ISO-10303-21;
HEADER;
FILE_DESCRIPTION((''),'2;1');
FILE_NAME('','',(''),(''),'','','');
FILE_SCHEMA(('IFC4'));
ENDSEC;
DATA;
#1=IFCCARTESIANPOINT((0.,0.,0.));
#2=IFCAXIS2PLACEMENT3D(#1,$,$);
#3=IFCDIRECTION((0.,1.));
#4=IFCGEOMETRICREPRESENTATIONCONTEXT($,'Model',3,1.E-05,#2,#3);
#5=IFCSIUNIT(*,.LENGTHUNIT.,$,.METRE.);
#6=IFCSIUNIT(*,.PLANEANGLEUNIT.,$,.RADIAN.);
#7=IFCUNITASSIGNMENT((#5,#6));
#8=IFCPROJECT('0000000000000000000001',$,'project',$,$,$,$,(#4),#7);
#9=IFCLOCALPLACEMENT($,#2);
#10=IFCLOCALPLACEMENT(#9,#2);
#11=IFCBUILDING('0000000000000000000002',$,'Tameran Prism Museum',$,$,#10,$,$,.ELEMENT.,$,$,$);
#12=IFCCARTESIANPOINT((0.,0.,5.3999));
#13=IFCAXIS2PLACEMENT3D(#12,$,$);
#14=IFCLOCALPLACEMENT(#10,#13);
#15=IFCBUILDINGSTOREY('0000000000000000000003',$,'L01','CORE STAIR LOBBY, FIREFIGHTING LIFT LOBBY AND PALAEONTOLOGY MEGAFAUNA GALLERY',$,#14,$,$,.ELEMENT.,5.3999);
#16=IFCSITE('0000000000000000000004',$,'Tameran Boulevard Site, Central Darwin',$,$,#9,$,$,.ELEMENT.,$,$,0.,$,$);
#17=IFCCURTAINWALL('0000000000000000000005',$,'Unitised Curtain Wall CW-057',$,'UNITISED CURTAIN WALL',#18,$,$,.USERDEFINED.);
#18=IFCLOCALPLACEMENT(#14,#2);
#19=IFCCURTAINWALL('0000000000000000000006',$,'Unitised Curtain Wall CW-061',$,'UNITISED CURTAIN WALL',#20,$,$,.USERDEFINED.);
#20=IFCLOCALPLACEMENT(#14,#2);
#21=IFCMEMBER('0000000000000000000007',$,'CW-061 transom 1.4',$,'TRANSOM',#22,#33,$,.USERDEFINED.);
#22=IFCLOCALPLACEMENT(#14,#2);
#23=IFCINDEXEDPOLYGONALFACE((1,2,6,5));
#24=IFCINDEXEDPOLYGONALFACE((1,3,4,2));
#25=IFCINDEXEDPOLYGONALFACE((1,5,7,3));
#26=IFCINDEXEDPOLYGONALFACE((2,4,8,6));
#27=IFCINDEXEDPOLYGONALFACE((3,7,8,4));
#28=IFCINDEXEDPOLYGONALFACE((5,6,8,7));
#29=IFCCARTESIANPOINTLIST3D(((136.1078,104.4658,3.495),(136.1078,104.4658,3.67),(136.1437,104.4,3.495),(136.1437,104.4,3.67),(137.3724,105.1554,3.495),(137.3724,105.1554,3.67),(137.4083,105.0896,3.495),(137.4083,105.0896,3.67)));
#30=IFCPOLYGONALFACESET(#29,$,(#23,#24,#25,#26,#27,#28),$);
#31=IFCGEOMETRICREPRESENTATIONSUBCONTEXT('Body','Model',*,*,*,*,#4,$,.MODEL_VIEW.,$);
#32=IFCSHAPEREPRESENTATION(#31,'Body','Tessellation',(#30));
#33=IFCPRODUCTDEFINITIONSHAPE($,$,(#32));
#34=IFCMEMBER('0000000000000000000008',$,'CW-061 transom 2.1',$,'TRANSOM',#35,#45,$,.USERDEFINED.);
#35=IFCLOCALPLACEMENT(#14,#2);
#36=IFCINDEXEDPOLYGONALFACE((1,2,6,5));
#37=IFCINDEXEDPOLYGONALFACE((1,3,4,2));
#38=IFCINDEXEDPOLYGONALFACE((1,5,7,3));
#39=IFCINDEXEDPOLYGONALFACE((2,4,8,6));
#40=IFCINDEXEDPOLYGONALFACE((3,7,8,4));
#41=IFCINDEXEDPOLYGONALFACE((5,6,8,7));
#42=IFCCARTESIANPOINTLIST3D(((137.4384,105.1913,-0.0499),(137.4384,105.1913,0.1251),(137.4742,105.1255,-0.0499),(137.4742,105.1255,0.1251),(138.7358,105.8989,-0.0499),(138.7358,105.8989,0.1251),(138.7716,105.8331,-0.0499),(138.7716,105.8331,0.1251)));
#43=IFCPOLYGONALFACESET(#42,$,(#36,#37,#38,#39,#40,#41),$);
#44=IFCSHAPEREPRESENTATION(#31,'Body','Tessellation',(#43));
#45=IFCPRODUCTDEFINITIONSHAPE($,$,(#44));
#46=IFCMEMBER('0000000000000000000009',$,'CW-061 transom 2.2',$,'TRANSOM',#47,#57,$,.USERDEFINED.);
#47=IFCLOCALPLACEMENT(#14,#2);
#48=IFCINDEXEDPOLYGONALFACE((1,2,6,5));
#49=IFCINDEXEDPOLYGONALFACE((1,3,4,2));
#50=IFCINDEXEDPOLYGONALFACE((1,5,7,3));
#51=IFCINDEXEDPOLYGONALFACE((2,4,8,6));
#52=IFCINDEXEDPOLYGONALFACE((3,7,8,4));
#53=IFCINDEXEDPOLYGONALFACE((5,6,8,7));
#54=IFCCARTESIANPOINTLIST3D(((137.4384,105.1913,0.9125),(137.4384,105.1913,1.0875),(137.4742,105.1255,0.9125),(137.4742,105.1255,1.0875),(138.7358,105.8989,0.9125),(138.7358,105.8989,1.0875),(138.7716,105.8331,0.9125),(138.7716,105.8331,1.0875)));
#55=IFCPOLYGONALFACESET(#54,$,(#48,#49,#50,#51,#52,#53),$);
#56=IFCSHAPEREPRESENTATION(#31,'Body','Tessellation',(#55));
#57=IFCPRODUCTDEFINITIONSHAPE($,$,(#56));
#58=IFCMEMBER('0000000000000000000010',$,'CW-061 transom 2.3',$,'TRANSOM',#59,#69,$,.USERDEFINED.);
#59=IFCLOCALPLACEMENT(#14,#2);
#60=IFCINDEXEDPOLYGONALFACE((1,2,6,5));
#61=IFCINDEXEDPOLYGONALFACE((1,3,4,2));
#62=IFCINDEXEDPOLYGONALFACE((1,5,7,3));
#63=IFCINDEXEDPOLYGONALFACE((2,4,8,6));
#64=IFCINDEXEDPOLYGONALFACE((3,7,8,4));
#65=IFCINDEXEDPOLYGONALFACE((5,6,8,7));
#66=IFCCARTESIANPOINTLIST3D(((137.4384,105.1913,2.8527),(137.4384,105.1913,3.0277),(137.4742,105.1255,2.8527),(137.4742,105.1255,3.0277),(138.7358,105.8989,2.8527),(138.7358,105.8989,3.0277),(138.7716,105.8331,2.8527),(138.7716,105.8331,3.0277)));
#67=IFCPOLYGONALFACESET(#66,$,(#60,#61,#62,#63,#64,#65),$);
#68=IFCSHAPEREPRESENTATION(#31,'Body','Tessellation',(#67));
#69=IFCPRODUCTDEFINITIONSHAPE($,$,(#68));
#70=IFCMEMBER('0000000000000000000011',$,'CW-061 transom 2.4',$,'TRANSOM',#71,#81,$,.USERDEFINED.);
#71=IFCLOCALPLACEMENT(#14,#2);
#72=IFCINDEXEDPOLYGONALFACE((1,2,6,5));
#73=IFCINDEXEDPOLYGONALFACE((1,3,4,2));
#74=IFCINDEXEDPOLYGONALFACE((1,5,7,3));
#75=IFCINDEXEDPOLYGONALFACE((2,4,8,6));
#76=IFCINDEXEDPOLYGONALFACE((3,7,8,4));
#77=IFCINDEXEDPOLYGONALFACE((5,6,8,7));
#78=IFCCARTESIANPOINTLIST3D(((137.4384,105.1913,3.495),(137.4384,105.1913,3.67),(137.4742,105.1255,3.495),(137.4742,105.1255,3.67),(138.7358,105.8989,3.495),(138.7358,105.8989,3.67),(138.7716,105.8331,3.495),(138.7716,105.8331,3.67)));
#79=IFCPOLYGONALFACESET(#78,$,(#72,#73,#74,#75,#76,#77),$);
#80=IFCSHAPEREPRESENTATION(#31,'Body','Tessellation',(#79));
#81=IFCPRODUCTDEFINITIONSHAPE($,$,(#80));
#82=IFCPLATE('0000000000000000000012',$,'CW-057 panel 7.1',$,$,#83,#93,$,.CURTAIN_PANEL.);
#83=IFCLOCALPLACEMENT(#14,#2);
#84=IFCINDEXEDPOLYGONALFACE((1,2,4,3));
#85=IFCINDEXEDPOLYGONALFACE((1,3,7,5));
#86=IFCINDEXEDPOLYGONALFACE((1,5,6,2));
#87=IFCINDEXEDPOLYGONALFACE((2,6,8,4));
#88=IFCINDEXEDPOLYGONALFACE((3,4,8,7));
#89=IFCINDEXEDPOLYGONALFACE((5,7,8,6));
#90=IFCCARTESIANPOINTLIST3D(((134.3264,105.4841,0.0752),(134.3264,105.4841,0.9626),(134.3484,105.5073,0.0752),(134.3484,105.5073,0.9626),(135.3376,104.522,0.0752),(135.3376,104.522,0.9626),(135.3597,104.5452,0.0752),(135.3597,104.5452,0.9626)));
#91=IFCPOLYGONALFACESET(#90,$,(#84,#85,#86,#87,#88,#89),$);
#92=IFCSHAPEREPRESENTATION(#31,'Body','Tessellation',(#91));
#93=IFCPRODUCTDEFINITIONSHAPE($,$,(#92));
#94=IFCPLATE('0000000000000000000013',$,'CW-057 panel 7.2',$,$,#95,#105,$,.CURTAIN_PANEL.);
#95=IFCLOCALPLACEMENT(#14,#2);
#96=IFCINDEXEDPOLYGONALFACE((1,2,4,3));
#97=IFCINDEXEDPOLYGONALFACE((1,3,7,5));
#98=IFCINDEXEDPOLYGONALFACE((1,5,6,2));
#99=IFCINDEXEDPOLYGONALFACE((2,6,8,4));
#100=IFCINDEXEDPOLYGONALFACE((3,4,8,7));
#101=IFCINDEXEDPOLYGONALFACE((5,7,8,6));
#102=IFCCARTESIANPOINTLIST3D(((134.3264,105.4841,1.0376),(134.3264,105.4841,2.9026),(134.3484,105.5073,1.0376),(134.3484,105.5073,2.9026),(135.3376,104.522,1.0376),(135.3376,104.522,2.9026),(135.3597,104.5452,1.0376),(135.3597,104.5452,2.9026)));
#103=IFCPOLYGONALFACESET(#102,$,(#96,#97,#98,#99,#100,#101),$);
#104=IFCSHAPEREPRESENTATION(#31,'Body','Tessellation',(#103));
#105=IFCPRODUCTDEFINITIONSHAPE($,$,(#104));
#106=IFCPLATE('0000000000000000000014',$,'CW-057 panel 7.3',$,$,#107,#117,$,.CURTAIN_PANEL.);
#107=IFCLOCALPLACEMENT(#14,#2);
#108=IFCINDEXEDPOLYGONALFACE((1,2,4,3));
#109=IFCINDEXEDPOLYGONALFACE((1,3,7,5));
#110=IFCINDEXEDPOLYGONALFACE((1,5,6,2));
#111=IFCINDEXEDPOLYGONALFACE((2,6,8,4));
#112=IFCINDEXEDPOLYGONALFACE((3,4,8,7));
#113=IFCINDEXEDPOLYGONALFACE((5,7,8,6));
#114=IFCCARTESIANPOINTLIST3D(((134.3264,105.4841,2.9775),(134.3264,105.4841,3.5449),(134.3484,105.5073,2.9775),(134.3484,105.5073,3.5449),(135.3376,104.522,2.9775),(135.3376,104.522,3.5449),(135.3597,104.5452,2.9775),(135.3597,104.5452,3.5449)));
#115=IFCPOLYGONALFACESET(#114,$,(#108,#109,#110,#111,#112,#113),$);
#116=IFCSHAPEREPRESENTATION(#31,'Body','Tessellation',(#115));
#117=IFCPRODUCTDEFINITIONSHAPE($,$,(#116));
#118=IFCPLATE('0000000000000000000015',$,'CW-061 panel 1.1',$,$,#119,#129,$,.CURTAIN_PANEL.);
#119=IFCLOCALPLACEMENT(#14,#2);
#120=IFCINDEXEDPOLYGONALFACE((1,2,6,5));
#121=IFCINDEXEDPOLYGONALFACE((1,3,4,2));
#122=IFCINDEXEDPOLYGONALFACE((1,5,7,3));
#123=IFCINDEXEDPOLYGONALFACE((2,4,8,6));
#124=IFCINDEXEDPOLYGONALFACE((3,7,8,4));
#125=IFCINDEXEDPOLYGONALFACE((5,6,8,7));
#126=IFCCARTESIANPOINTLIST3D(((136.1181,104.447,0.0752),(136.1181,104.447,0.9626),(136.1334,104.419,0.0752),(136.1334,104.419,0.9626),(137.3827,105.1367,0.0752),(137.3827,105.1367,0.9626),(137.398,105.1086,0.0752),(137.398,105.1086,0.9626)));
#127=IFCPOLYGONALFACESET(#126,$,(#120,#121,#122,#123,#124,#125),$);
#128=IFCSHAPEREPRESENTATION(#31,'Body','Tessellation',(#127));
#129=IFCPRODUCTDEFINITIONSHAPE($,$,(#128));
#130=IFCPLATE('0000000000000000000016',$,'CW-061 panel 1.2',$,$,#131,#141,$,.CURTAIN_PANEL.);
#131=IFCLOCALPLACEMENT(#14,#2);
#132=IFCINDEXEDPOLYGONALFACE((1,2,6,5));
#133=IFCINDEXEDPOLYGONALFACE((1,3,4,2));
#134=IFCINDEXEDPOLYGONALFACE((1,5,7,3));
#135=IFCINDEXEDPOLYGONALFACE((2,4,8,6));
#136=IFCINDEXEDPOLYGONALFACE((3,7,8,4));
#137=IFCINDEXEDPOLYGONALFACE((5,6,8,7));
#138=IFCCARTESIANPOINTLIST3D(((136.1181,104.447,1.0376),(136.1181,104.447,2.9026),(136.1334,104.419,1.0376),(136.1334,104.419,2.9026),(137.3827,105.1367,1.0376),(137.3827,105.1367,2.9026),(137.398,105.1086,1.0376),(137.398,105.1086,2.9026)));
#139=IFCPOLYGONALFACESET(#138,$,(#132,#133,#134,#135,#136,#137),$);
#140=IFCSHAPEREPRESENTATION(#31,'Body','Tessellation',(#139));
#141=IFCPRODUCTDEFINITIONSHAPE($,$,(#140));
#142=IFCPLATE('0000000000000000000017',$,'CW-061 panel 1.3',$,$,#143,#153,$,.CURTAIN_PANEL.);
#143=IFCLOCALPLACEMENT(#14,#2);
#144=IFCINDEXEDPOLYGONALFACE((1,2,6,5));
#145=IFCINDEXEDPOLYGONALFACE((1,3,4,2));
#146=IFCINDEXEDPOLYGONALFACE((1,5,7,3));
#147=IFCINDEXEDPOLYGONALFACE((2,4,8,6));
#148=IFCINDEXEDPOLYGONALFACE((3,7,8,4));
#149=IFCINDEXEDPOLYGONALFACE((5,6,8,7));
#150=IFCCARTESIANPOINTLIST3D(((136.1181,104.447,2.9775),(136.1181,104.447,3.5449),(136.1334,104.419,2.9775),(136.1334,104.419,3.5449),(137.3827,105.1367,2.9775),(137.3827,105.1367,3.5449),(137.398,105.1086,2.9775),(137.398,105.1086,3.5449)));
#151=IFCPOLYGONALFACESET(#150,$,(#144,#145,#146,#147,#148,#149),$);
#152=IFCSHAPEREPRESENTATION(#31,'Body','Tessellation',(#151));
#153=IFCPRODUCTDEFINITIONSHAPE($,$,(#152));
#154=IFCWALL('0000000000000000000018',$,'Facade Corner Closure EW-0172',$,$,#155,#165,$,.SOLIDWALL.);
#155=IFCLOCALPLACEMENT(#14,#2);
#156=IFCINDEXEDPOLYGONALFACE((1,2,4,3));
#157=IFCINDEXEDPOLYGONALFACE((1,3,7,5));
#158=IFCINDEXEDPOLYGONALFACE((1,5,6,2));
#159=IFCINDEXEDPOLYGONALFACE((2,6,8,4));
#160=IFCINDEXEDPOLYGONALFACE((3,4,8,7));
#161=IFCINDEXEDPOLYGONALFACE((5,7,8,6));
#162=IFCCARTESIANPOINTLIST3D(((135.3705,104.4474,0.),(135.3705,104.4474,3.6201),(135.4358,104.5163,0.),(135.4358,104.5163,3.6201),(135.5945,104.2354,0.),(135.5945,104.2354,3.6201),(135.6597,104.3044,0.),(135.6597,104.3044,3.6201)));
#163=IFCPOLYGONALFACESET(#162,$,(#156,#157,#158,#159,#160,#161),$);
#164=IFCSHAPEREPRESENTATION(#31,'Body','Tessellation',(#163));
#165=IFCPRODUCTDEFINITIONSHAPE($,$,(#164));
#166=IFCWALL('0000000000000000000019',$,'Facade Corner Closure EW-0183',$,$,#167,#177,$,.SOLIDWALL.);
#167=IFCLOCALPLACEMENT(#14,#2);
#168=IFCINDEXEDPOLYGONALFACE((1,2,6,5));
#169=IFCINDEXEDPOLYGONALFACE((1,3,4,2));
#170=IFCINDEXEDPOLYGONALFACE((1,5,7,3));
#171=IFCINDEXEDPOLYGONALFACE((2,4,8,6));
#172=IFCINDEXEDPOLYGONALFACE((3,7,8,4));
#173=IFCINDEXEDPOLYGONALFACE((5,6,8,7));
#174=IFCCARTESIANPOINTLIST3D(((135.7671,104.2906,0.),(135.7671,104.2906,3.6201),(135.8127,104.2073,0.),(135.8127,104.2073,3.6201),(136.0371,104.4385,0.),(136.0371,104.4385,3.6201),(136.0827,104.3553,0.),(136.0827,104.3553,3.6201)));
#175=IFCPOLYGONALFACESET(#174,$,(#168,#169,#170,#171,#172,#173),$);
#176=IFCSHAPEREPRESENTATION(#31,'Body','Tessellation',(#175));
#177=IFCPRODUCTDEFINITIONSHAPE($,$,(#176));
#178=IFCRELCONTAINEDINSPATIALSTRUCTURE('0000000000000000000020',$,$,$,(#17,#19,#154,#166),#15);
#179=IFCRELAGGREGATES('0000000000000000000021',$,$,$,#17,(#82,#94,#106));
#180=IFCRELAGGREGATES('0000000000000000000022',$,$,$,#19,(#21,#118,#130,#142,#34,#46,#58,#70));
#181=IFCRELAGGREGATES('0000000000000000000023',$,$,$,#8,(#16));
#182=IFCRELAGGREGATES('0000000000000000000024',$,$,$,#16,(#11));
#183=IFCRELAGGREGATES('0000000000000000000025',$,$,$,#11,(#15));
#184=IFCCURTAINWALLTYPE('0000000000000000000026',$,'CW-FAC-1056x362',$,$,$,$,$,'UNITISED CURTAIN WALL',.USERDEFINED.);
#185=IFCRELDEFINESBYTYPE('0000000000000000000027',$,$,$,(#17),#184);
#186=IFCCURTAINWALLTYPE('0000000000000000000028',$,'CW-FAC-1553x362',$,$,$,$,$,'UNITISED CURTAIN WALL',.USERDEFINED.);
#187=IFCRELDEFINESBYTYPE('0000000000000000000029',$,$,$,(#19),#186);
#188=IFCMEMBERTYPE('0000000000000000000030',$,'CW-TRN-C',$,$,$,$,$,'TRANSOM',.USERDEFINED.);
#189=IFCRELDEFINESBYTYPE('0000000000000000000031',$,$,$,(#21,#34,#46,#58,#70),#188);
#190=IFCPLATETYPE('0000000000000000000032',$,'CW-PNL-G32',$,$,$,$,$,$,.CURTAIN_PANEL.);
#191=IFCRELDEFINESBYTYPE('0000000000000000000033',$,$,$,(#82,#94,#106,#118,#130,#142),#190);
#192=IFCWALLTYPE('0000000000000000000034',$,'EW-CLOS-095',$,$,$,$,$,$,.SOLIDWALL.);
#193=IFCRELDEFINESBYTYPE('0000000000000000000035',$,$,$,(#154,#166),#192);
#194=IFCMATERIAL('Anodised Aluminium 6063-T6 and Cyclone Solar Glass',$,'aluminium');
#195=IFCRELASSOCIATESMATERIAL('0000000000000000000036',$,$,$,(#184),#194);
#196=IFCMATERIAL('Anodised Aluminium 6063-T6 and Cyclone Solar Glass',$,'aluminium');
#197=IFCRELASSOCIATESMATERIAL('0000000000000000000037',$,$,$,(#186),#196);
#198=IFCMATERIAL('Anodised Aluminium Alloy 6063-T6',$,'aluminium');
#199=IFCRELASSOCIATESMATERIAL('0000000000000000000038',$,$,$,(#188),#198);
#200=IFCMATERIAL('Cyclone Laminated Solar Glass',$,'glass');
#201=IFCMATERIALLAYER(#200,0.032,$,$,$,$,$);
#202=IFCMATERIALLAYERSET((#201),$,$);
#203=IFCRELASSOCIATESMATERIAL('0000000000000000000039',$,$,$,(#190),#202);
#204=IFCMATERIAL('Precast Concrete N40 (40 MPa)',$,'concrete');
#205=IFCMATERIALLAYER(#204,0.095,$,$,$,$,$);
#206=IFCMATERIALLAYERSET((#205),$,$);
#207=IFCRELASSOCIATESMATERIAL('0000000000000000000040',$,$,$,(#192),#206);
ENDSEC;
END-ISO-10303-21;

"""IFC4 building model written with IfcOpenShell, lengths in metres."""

from ifc_helpers import new_model, si_unit, direction, frame, frame_2d, origin, origin_2d, place, context, subcontext, project, spatial, rectangle, extrude, material, layer, layer_set, material_profile, profile_set, type_object, element, aggregate, save


model = new_model("IFC4")

# Units and contexts
model_context = context("Model", 3, precision=1e-05, world=origin(), true_north=direction((0.0, 1.0)))
body_context = subcontext(model_context, "Body", "Model", "MODEL_VIEW")
ifc_project = project(units=[si_unit("LENGTHUNIT", "METRE"), si_unit("PLANEANGLEUNIT", "RADIAN")], contexts=[model_context])

# Site, building, storey
site_placement = place(None, origin())
site = spatial("IfcSite", under=ifc_project, at=site_placement, Name="Tameran Boulevard Site, Central Darwin", CompositionType="ELEMENT", RefElevation=0.0)
building_placement = place(site_placement, origin())
building = spatial("IfcBuilding", under=site, at=building_placement, Name="Tameran Prism Museum", CompositionType="ELEMENT")
storey_placement = place(building_placement, frame((0.0, 0.0, 5.3999)))
storey = spatial("IfcBuildingStorey", under=building, at=storey_placement, Name="L01", Description="CORE STAIR LOBBY, FIREFIGHTING LIFT LOBBY AND PALAEONTOLOGY MEGAFAUNA GALLERY", CompositionType="ELEMENT", Elevation=5.3999)

# Curtain wall
ifc_material_1 = material(Name="Anodised Aluminium 6063-T6 and Cyclone Solar Glass", Category="aluminium")
curtain_wall_type_1 = type_object("IfcCurtainWallType", Name="CW-FAC-1056x362", ElementType="UNITISED CURTAIN WALL", PredefinedType="USERDEFINED", material=ifc_material_1)
curtain_wall_1_placement = place(storey_placement, origin())
curtain_wall_1 = element("IfcCurtainWall", 1, at=curtain_wall_1_placement, inside=storey, type_object=curtain_wall_type_1, Name="Unitised Curtain Wall CW-057", ObjectType="UNITISED CURTAIN WALL", PredefinedType="USERDEFINED")

# Curtain wall
ifc_material_2 = material(Name="Anodised Aluminium 6063-T6 and Cyclone Solar Glass", Category="aluminium")
curtain_wall_type_2 = type_object("IfcCurtainWallType", Name="CW-FAC-1553x362", ElementType="UNITISED CURTAIN WALL", PredefinedType="USERDEFINED", material=ifc_material_2)
curtain_wall_2_placement = place(storey_placement, origin())
curtain_wall_2 = element("IfcCurtainWall", 2, at=curtain_wall_2_placement, inside=storey, type_object=curtain_wall_type_2, Name="Unitised Curtain Wall CW-061", ObjectType="UNITISED CURTAIN WALL", PredefinedType="USERDEFINED")

# Members
ifc_material_3 = material(Name="Anodised Aluminium Alloy 6063-T6", Category="aluminium")
ifc_material_profile_1 = material_profile(ifc_material_3, rectangle(XDim=0.075, YDim=0.175, at=origin_2d()))
ifc_profile_set_1 = profile_set([ifc_material_profile_1])
member_type_1 = type_object("IfcMemberType", Name="CW-TRN-C", ElementType="TRANSOM", PredefinedType="USERDEFINED", material=ifc_profile_set_1)
member_1_placement = place(storey_placement, frame((136.1257, 104.4329, 3.5825), z_axis=(0.877928, 0.478793, 0.0), x_axis=(-0.478793, 0.877928, 0.0)))
member_1 = element("IfcMember", 3, at=member_1_placement, type_object=member_type_1, Name="CW-061 transom 1.4", ObjectType="TRANSOM", PredefinedType="USERDEFINED", context=body_context, shape_type="SweptSolid", body=[
    extrude(rectangle(XDim=0.075, YDim=0.175, at=origin_2d()), origin(), (0.0, 0.0, 1.0), 1.4404),
])
member_2_placement = place(storey_placement, frame((137.4563, 105.1584, 0.0376), z_axis=(0.877933, 0.478783, 0.0), x_axis=(-0.478783, 0.877933, 0.0)))
member_2 = element("IfcMember", 4, at=member_2_placement, type_object=member_type_1, Name="CW-061 transom 2.1", ObjectType="TRANSOM", PredefinedType="USERDEFINED", context=body_context, shape_type="SweptSolid", body=[
    extrude(rectangle(XDim=0.075, YDim=0.175, at=origin_2d()), origin(), (0.0, 0.0, 1.0), 1.4778),
])
member_3_placement = place(storey_placement, frame((137.4563, 105.1584, 1.0), z_axis=(0.877933, 0.478783, 0.0), x_axis=(-0.478783, 0.877933, 0.0)))
member_3 = element("IfcMember", 5, at=member_3_placement, type_object=member_type_1, Name="CW-061 transom 2.2", ObjectType="TRANSOM", PredefinedType="USERDEFINED", context=body_context, shape_type="SweptSolid", body=[
    extrude(rectangle(XDim=0.075, YDim=0.175, at=origin_2d()), origin(), (0.0, 0.0, 1.0), 1.4778),
])
member_4_placement = place(storey_placement, frame((137.4563, 105.1584, 2.9402), z_axis=(0.877933, 0.478783, 0.0), x_axis=(-0.478783, 0.877933, 0.0)))
member_4 = element("IfcMember", 6, at=member_4_placement, type_object=member_type_1, Name="CW-061 transom 2.3", ObjectType="TRANSOM", PredefinedType="USERDEFINED", context=body_context, shape_type="SweptSolid", body=[
    extrude(rectangle(XDim=0.075, YDim=0.175, at=origin_2d()), origin(), (0.0, 0.0, 1.0), 1.4778),
])
member_5_placement = place(storey_placement, frame((137.4563, 105.1584, 3.5825), z_axis=(0.877933, 0.478783, 0.0), x_axis=(-0.478783, 0.877933, 0.0)))
member_5 = element("IfcMember", 7, at=member_5_placement, type_object=member_type_1, Name="CW-061 transom 2.4", ObjectType="TRANSOM", PredefinedType="USERDEFINED", context=body_context, shape_type="SweptSolid", body=[
    extrude(rectangle(XDim=0.075, YDim=0.175, at=origin_2d()), origin(), (0.0, 0.0, 1.0), 1.4778),
])

# Plates
ifc_material_4 = material(Name="Cyclone Laminated Solar Glass", Category="glass")
ifc_layer_1 = layer(ifc_material_4, 0.032)
ifc_layer_set_1 = layer_set([ifc_layer_1])
plate_type = type_object("IfcPlateType", Name="CW-PNL-G32", PredefinedType="CURTAIN_PANEL", material=ifc_layer_set_1)
plate_1_placement = place(storey_placement, frame((134.843, 105.0146, 0.0752), z_axis=(0.0, 0.0, 1.0), x_axis=(0.724505, -0.68927, 0.0)))
plate_1 = element("IfcPlate", 8, at=plate_1_placement, type_object=plate_type, Name="CW-057 panel 7.1", PredefinedType="CURTAIN_PANEL", context=body_context, shape_type="SweptSolid", body=[
    extrude(rectangle(XDim=1.3958, YDim=0.032, at=origin_2d()), origin(), (0.0, 0.0, 1.0), 0.8875),
])
plate_2_placement = place(storey_placement, frame((134.843, 105.0146, 1.0376), z_axis=(0.0, 0.0, 1.0), x_axis=(0.724505, -0.68927, 0.0)))
plate_2 = element("IfcPlate", 9, at=plate_2_placement, type_object=plate_type, Name="CW-057 panel 7.2", PredefinedType="CURTAIN_PANEL", context=body_context, shape_type="SweptSolid", body=[
    extrude(rectangle(XDim=1.3958, YDim=0.032, at=origin_2d()), origin(), (0.0, 0.0, 1.0), 1.865),
])
plate_3_placement = place(storey_placement, frame((134.843, 105.0146, 2.9775), z_axis=(0.0, 0.0, 1.0), x_axis=(0.724505, -0.68927, 0.0)))
plate_3 = element("IfcPlate", 10, at=plate_3_placement, type_object=plate_type, Name="CW-057 panel 7.3", PredefinedType="CURTAIN_PANEL", context=body_context, shape_type="SweptSolid", body=[
    extrude(rectangle(XDim=1.3958, YDim=0.032, at=origin_2d()), origin(), (0.0, 0.0, 1.0), 0.5674),
])
aggregate(curtain_wall_1, [plate_1, plate_2, plate_3])
plate_4_placement = place(storey_placement, frame((136.7581, 104.7778, 0.0752), z_axis=(0.0, 0.0, 1.0), x_axis=(0.877928, 0.478793, 0.0)))
plate_4 = element("IfcPlate", 11, at=plate_4_placement, type_object=plate_type, Name="CW-061 panel 1.1", PredefinedType="CURTAIN_PANEL", context=body_context, shape_type="SweptSolid", body=[
    extrude(rectangle(XDim=1.4404, YDim=0.032, at=origin_2d()), origin(), (0.0, 0.0, 1.0), 0.8875),
])
plate_5_placement = place(storey_placement, frame((136.7581, 104.7778, 1.0376), z_axis=(0.0, 0.0, 1.0), x_axis=(0.877928, 0.478793, 0.0)))
plate_5 = element("IfcPlate", 12, at=plate_5_placement, type_object=plate_type, Name="CW-061 panel 1.2", PredefinedType="CURTAIN_PANEL", context=body_context, shape_type="SweptSolid", body=[
    extrude(rectangle(XDim=1.4404, YDim=0.032, at=origin_2d()), origin(), (0.0, 0.0, 1.0), 1.865),
])
plate_6_placement = place(storey_placement, frame((136.7581, 104.7778, 2.9775), z_axis=(0.0, 0.0, 1.0), x_axis=(0.877928, 0.478793, 0.0)))
plate_6 = element("IfcPlate", 13, at=plate_6_placement, type_object=plate_type, Name="CW-061 panel 1.3", PredefinedType="CURTAIN_PANEL", context=body_context, shape_type="SweptSolid", body=[
    extrude(rectangle(XDim=1.4404, YDim=0.032, at=origin_2d()), origin(), (0.0, 0.0, 1.0), 0.5674),
])
aggregate(curtain_wall_2, [member_1, plate_4, plate_5, plate_6, member_2, member_3, member_4, member_5])

# Walls
ifc_material_5 = material(Name="Precast Concrete N40 (40 MPa)", Category="concrete")
ifc_layer_2 = layer(ifc_material_5, 0.095)
ifc_layer_set_2 = layer_set([ifc_layer_2])
wall_type_1 = type_object("IfcWallType", Name="EW-CLOS-095", PredefinedType="SOLIDWALL", material=ifc_layer_set_2)
wall_1_placement = place(storey_placement, frame((135.4031, 104.4819, 0.0), z_axis=(0.0, 0.0, 1.0), x_axis=(0.726244, -0.687437, 0.0)))
element("IfcWall", 14, at=wall_1_placement, inside=storey, type_object=wall_type_1, Name="Facade Corner Closure EW-0172", PredefinedType="SOLIDWALL", context=body_context, shape_type="SweptSolid", body=[
    extrude(rectangle(XDim=0.3083, YDim=0.095, at=frame_2d((0.1543, 0.0))), origin(), (0.0, 0.0, 1.0), 3.6201),
])
wall_2_placement = place(storey_placement, frame((135.79, 104.249, 0.0), z_axis=(0.0, 0.0, 1.0), x_axis=(0.876985, 0.480518, 0.0)))
element("IfcWall", 15, at=wall_2_placement, inside=storey, type_object=wall_type_1, Name="Facade Corner Closure EW-0183", PredefinedType="SOLIDWALL", context=body_context, shape_type="SweptSolid", body=[
    extrude(rectangle(XDim=0.3079, YDim=0.095, at=frame_2d((0.1538, 0.0))), origin(), (0.0, 0.0, 1.0), 3.6201),
])

save(model, "model.ifc")
